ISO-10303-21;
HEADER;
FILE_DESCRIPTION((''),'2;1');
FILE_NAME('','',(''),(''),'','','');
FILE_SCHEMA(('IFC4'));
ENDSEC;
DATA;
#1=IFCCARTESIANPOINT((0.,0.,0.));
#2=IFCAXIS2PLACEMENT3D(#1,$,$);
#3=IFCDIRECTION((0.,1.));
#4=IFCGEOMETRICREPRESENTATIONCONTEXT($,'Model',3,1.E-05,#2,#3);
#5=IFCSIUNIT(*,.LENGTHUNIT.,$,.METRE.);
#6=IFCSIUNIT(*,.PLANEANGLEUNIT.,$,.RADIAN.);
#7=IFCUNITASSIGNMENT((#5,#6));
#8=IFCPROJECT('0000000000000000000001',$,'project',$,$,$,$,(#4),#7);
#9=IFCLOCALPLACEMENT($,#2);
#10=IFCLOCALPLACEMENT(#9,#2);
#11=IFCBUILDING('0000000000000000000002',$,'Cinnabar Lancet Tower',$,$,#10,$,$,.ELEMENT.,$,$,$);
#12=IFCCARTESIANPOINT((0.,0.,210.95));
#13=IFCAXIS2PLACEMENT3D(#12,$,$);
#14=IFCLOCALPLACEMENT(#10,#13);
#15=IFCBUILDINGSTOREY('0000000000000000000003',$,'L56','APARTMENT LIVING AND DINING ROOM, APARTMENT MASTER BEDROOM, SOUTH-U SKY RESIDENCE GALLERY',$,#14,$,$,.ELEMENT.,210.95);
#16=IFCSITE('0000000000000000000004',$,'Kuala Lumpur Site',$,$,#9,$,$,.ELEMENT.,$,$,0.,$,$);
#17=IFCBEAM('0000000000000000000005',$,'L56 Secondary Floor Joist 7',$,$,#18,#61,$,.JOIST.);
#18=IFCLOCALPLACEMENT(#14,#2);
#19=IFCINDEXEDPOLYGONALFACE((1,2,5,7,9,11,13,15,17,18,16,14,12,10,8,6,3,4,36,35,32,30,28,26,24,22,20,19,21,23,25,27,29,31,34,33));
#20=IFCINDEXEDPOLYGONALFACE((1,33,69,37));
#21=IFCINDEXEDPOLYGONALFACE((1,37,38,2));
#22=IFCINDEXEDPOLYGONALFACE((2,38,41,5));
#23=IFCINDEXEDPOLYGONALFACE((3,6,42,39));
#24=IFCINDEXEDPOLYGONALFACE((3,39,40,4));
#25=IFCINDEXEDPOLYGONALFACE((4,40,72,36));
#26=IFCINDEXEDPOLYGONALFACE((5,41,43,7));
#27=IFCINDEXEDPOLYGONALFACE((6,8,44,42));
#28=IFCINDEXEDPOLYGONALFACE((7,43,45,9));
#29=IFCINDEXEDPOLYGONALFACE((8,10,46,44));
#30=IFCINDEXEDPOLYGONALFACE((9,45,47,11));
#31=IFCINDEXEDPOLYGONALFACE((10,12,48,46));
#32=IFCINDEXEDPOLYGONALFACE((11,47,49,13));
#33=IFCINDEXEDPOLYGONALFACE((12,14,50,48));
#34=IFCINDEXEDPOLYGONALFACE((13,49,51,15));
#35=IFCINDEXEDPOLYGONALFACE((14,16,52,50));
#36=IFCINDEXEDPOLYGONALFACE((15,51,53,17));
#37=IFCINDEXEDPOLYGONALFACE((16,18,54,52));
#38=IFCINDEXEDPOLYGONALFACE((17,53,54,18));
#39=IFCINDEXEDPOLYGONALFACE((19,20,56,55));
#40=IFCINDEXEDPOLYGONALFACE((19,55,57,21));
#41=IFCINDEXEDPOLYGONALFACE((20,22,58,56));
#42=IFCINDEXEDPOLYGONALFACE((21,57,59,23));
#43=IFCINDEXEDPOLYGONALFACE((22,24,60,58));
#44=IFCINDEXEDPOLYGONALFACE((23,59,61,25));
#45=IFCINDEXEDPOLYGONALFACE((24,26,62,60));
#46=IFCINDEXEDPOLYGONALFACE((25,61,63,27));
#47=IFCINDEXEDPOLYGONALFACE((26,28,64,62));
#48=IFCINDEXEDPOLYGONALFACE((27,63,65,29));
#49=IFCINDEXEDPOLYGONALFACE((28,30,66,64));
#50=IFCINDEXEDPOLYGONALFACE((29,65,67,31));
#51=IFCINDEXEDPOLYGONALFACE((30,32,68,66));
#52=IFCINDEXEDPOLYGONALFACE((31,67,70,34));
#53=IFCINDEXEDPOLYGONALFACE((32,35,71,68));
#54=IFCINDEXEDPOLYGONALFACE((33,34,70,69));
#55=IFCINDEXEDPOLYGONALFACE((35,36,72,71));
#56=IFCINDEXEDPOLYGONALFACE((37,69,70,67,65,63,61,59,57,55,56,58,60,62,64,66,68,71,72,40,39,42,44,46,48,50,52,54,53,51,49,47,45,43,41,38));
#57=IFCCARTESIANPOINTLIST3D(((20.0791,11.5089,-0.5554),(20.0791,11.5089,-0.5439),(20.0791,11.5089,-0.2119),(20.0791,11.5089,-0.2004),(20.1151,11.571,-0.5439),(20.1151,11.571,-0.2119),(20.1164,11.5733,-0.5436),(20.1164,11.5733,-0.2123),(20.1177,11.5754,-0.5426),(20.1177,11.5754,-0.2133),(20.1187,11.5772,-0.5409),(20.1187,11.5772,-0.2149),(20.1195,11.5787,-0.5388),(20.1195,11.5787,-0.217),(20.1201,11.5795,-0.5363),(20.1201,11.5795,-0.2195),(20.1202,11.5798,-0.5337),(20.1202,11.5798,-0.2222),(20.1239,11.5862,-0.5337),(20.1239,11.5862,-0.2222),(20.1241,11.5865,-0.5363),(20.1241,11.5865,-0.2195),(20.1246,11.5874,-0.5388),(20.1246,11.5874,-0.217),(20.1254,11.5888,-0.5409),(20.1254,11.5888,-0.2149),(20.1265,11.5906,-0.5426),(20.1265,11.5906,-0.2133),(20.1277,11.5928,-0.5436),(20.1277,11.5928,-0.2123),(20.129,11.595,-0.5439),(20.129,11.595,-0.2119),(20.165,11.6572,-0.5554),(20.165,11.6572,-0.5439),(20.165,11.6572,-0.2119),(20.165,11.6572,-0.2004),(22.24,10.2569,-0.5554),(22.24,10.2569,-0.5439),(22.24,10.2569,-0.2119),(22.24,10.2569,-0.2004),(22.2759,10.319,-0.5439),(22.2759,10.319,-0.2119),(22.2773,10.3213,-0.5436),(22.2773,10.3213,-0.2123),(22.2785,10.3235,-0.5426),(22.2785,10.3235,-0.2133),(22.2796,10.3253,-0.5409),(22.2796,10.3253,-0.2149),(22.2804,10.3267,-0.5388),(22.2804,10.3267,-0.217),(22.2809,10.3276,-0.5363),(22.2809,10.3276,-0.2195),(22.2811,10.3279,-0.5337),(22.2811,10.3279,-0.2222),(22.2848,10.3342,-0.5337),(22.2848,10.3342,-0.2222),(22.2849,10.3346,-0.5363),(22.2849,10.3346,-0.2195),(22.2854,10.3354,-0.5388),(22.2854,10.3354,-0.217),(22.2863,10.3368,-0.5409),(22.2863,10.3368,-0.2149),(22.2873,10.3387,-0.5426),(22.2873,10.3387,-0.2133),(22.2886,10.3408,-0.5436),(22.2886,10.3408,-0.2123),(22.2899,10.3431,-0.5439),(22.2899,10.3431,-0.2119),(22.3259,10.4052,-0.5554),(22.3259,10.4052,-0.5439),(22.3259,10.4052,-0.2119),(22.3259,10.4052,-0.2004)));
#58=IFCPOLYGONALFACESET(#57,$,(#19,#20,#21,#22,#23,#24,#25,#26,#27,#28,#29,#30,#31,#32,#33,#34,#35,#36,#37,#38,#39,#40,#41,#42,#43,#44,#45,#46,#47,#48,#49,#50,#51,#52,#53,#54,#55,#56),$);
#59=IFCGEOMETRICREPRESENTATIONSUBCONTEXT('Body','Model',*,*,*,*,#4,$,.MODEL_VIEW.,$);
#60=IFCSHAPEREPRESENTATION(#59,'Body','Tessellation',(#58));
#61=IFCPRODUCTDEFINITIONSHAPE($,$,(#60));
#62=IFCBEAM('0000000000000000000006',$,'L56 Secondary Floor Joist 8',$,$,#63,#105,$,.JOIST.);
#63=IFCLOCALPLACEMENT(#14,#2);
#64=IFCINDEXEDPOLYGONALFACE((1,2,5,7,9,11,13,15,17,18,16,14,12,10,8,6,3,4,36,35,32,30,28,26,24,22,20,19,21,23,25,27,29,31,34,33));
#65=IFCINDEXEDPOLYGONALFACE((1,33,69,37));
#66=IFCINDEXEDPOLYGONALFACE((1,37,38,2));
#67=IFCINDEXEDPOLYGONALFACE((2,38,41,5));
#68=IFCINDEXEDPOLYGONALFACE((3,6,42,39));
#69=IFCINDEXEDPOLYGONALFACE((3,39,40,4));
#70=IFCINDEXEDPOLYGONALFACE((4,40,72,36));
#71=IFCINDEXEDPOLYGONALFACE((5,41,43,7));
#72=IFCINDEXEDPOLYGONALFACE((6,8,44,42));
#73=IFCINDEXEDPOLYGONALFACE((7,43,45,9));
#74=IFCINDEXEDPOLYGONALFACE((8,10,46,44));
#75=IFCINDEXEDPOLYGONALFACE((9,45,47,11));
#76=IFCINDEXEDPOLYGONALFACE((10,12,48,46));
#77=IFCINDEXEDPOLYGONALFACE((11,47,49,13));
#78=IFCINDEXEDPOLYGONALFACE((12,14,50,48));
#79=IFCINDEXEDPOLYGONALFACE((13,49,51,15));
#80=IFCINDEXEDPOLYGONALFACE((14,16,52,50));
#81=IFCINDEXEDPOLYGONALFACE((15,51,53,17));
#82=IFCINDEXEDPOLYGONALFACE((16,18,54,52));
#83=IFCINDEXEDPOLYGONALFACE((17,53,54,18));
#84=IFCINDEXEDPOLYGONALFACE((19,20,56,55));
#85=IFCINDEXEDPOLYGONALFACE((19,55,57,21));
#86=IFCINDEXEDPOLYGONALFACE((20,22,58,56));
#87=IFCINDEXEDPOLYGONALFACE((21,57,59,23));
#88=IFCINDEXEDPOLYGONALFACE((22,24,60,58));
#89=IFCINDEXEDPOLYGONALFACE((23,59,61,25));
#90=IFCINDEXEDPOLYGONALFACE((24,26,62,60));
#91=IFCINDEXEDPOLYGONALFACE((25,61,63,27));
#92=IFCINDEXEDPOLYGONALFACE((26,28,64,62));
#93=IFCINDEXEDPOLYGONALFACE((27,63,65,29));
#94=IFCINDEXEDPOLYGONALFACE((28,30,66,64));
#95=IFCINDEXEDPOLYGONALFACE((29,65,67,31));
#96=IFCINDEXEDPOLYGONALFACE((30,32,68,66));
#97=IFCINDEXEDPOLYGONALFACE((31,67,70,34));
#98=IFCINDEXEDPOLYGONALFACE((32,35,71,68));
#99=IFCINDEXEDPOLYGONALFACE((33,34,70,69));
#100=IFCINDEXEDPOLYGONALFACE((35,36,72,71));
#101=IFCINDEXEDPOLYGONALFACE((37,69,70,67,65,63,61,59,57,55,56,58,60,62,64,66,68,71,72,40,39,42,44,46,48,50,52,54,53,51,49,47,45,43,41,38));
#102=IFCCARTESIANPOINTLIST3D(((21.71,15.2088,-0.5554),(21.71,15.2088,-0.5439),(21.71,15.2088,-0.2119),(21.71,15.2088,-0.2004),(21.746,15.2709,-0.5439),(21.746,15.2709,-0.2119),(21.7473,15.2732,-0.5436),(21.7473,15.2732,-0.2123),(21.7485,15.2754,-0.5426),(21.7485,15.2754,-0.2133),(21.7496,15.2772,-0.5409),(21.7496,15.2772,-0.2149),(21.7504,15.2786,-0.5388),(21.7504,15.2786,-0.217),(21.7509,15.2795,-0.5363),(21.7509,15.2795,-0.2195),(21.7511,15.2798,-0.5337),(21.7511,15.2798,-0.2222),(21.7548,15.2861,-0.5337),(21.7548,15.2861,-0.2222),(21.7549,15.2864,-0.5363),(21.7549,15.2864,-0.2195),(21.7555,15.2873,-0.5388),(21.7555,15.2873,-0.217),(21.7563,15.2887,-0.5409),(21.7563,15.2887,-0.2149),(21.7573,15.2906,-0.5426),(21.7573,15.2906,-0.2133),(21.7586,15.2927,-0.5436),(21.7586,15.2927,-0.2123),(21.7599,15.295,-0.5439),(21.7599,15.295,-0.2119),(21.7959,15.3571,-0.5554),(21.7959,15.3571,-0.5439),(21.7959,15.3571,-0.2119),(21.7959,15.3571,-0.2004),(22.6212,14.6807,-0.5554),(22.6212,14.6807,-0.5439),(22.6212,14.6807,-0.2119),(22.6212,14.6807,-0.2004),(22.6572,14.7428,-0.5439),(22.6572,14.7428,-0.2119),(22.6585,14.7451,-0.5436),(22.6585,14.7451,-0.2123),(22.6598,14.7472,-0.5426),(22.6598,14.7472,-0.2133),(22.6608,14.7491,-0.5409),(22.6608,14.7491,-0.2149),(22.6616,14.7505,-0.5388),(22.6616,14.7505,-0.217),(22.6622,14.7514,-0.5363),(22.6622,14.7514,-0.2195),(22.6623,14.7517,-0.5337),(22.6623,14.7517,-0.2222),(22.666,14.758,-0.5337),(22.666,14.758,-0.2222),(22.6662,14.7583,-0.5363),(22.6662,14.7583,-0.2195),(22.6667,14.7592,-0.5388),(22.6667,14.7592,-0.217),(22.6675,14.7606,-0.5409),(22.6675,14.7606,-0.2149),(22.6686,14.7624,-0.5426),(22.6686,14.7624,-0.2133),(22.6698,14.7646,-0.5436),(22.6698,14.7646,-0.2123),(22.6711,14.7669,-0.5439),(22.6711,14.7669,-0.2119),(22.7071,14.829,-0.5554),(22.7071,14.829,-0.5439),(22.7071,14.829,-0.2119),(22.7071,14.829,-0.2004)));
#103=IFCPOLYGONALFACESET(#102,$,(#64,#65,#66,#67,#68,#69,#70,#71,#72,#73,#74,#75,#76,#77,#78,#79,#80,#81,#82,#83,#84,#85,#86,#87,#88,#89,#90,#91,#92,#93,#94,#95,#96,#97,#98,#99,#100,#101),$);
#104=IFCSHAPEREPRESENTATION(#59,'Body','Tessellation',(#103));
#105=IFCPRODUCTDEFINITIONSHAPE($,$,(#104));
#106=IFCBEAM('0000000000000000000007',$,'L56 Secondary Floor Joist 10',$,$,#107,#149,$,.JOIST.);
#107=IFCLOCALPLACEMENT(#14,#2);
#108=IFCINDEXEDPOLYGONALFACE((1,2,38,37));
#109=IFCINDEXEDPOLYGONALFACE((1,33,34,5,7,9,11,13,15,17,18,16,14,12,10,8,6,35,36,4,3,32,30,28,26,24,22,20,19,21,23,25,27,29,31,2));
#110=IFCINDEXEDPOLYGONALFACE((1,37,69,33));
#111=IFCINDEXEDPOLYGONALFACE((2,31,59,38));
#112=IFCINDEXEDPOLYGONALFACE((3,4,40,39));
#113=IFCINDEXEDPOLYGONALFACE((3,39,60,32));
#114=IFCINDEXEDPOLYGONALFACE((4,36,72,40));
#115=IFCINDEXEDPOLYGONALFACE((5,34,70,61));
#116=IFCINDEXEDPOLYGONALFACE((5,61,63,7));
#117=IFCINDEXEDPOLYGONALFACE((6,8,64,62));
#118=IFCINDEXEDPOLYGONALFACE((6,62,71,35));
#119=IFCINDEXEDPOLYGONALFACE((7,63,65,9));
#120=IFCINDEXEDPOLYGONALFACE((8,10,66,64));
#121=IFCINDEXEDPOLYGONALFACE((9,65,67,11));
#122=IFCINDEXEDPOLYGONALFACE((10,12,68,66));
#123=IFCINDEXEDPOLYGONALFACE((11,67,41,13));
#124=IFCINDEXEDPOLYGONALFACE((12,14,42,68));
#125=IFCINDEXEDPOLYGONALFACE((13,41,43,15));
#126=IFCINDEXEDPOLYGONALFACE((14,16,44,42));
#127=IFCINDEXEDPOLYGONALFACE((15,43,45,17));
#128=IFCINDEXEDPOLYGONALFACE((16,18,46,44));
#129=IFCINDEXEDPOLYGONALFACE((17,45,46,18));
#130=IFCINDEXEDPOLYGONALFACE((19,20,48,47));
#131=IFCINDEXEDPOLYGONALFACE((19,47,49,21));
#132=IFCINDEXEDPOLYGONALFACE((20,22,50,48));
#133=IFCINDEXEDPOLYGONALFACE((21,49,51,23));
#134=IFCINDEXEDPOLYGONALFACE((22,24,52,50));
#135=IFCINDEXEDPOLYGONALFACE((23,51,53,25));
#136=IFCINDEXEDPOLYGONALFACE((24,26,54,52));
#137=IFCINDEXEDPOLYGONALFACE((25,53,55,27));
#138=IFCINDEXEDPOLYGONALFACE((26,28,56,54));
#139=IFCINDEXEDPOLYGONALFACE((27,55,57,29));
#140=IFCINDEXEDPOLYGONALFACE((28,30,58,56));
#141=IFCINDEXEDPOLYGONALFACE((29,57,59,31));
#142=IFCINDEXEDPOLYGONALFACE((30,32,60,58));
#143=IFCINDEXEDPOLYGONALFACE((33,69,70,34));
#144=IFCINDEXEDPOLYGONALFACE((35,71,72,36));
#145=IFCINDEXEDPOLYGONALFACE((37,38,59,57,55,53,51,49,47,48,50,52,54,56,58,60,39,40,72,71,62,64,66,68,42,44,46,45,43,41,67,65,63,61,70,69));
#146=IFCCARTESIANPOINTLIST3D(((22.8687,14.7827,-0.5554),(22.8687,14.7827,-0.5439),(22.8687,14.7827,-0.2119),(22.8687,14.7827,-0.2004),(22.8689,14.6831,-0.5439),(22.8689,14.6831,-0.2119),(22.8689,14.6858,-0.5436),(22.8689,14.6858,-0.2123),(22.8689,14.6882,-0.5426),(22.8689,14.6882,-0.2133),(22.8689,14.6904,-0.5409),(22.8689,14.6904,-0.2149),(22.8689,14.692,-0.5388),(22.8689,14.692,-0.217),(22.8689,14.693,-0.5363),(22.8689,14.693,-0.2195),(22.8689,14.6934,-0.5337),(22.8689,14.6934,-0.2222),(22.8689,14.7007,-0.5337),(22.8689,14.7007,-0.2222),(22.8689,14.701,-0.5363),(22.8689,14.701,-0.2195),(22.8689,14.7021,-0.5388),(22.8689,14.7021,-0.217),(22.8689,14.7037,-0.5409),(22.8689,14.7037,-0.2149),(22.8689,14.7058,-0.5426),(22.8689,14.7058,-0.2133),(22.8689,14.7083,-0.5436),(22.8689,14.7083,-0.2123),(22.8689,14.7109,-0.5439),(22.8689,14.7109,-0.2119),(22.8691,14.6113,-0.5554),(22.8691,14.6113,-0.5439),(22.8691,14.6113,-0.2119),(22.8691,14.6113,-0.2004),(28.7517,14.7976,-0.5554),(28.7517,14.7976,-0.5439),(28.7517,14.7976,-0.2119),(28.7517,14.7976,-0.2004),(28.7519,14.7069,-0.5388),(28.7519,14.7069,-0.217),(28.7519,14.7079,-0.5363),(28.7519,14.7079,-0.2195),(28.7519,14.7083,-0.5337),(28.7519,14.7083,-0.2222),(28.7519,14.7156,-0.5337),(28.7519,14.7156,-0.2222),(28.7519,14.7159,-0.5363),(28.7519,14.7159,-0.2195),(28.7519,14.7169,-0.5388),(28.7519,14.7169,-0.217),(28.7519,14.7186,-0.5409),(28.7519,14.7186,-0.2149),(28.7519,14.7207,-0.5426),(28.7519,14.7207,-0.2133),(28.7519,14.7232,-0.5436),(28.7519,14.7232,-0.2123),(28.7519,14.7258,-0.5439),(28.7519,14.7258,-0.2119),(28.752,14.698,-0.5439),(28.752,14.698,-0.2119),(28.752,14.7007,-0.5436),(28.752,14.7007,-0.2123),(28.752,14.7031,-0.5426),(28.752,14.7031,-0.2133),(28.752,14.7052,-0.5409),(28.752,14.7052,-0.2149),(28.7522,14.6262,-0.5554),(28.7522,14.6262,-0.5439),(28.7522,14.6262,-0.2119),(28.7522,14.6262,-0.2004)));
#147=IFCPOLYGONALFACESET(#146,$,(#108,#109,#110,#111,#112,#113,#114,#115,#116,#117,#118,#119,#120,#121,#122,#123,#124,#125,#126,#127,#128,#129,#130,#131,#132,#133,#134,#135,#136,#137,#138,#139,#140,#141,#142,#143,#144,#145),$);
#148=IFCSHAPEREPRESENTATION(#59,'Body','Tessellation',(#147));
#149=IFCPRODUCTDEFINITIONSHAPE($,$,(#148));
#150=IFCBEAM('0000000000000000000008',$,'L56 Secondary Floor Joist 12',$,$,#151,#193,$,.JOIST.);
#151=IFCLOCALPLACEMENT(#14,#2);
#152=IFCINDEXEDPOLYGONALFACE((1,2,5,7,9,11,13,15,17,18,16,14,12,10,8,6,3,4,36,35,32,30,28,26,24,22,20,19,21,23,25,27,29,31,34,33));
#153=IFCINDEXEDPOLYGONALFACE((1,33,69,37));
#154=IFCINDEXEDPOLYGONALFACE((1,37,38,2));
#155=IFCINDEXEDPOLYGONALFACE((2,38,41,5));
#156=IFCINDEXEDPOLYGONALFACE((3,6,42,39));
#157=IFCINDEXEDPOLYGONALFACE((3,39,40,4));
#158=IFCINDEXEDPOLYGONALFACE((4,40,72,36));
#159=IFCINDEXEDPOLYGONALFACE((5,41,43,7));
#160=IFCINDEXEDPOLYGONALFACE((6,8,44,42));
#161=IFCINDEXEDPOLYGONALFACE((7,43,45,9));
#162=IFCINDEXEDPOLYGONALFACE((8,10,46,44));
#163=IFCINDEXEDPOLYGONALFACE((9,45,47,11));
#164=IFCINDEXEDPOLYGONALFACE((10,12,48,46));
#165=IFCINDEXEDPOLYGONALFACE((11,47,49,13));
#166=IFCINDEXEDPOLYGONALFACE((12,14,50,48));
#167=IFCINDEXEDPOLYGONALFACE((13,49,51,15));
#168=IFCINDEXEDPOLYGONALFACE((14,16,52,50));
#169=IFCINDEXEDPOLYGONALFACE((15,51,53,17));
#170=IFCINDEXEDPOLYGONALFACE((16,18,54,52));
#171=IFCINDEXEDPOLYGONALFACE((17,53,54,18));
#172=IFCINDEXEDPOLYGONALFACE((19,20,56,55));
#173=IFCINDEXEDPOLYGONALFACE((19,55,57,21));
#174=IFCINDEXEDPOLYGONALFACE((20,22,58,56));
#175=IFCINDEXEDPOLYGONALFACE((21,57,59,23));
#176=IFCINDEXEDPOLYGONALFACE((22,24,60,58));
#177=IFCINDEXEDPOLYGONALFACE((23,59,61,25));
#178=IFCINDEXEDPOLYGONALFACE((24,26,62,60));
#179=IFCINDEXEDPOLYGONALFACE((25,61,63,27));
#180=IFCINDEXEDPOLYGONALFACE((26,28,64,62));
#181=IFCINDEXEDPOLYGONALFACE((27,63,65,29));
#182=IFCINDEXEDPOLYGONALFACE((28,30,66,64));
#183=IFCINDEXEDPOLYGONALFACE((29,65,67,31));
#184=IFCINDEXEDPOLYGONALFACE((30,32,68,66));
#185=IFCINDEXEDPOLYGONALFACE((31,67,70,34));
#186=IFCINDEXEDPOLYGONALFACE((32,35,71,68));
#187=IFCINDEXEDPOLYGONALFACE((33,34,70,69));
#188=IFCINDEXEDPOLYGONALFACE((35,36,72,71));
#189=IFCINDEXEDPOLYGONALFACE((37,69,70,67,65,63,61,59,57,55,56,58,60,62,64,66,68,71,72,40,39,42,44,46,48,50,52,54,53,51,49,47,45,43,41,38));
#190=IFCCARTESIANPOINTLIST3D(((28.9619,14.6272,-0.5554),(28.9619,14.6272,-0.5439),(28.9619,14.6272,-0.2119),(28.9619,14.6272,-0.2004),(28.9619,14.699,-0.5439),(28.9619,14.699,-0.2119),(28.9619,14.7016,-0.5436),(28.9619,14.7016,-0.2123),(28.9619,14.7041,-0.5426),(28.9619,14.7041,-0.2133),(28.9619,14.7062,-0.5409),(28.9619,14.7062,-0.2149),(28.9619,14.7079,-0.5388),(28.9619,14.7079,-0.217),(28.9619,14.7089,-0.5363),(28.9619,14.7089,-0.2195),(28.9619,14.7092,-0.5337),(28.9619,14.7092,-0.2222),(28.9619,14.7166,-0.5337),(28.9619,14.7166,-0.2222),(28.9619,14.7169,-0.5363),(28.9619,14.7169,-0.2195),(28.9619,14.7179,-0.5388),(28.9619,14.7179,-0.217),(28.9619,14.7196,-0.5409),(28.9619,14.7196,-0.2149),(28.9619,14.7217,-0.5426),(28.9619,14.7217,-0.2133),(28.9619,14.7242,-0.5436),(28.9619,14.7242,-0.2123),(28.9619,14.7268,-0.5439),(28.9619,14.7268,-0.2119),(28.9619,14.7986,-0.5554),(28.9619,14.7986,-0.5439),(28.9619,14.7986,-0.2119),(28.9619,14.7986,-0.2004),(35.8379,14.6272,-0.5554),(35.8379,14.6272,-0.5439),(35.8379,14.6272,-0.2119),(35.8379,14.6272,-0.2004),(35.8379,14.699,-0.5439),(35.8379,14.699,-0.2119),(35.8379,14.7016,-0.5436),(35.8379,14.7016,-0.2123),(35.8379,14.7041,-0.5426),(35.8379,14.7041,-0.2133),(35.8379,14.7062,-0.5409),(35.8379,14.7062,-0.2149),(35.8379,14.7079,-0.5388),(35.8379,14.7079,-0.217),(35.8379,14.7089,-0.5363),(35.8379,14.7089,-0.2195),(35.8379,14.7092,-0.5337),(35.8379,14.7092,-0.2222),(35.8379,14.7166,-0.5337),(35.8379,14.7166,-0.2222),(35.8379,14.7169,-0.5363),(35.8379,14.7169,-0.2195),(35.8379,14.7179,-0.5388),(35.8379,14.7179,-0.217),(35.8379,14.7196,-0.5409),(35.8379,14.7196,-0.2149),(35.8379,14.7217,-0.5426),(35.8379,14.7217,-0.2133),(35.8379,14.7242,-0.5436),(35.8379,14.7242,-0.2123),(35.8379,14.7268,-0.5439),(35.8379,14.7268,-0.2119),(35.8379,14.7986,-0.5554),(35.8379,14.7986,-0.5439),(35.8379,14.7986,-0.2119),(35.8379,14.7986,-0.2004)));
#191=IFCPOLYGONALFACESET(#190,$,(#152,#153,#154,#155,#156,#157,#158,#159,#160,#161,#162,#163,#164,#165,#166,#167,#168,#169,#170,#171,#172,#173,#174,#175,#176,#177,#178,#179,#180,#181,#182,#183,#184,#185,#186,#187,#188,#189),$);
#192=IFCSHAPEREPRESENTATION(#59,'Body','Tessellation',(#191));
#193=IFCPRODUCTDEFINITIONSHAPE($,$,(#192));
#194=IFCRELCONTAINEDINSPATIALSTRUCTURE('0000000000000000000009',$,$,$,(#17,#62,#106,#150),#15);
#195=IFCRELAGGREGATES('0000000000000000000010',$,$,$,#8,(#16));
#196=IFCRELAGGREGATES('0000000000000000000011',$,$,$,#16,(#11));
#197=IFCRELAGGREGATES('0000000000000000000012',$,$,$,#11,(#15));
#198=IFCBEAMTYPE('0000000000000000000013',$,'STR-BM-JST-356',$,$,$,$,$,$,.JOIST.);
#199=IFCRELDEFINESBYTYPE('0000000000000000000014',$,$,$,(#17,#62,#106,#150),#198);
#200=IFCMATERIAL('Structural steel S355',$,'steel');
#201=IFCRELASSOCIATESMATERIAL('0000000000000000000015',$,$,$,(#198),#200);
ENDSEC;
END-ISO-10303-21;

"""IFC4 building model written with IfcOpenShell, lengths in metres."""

from ifc_helpers import new_model, si_unit, direction, frame, origin, origin_2d, place, context, subcontext, project, spatial, i_section, extrude, material, material_profile, profile_set, type_object, element, save


model = new_model("IFC4")

# Units and contexts
model_context = context("Model", 3, precision=1e-05, world=origin(), true_north=direction((0.0, 1.0)))
body_context = subcontext(model_context, "Body", "Model", "MODEL_VIEW")
ifc_project = project(units=[si_unit("LENGTHUNIT", "METRE"), si_unit("PLANEANGLEUNIT", "RADIAN")], contexts=[model_context])

# Site, building, storey
site_placement = place(None, origin())
site = spatial("IfcSite", under=ifc_project, at=site_placement, Name="Kuala Lumpur Site", CompositionType="ELEMENT", RefElevation=0.0)
building_placement = place(site_placement, origin())
building = spatial("IfcBuilding", under=site, at=building_placement, Name="Cinnabar Lancet Tower", CompositionType="ELEMENT")
storey_placement = place(building_placement, frame((0.0, 0.0, 210.95)))
storey = spatial("IfcBuildingStorey", under=building, at=storey_placement, Name="L56", Description="APARTMENT LIVING AND DINING ROOM, APARTMENT MASTER BEDROOM, SOUTH-U SKY RESIDENCE GALLERY", CompositionType="ELEMENT", Elevation=210.95)

# Beams
ifc_material_1 = material(Name="Structural steel S355", Category="steel")
ifc_material_profile_1 = material_profile(ifc_material_1, i_section(OverallWidth=0.1714, OverallDepth=0.355, WebThickness=0.0073, FlangeThickness=0.0115, FilletRadius=0.0103, at=origin_2d()), Name="UKB 356x171x51")
ifc_profile_set_1 = profile_set([ifc_material_profile_1], Name="Structural steel S355")
beam_type_1 = type_object("IfcBeamType", Name="STR-BM-JST-356", PredefinedType="JOIST", material=ifc_profile_set_1)
beam_1_placement = place(storey_placement, frame((20.1221, 11.583, -0.3779), z_axis=(0.865268, -0.50131, 0.0), x_axis=(0.50131, 0.865268, 0.0)))
element("IfcBeam", 1, at=beam_1_placement, inside=storey, type_object=beam_type_1, Name="L56 Secondary Floor Joist 7", PredefinedType="JOIST", context=body_context, shape_type="SweptSolid", body=[
    extrude(i_section(OverallWidth=0.1714, OverallDepth=0.355, WebThickness=0.0073, FlangeThickness=0.0115, FilletRadius=0.0103, at=origin_2d()), origin(), (0.0, 0.0, 1.0), 2.4973),
])
beam_2_placement = place(storey_placement, frame((21.7529, 15.283, -0.3779), z_axis=(0.865188, -0.501447, 0.0), x_axis=(0.501447, 0.865188, 0.0)))
element("IfcBeam", 2, at=beam_2_placement, inside=storey, type_object=beam_type_1, Name="L56 Secondary Floor Joist 8", PredefinedType="JOIST", context=body_context, shape_type="SweptSolid", body=[
    extrude(i_section(OverallWidth=0.1714, OverallDepth=0.355, WebThickness=0.0073, FlangeThickness=0.0115, FilletRadius=0.0103, at=origin_2d()), origin(), (0.0, 0.0, 1.0), 1.0532),
])
beam_3_placement = place(storey_placement, frame((22.8689, 14.697, -0.3779), z_axis=(0.999997, 0.002531, 0.0), x_axis=(-0.002531, 0.999997, 0.0)))
element("IfcBeam", 3, at=beam_3_placement, inside=storey, type_object=beam_type_1, Name="L56 Secondary Floor Joist 10", PredefinedType="JOIST", context=body_context, shape_type="SweptSolid", body=[
    extrude(i_section(OverallWidth=0.1714, OverallDepth=0.355, WebThickness=0.0073, FlangeThickness=0.0115, FilletRadius=0.0103, at=origin_2d()), origin(), (0.0, 0.0, 1.0), 5.8831),
])
beam_4_placement = place(storey_placement, frame((28.9619, 14.7129, -0.3779), z_axis=(1.0, 0.0, 0.0), x_axis=(0.0, 1.0, 0.0)))
element("IfcBeam", 4, at=beam_4_placement, inside=storey, type_object=beam_type_1, Name="L56 Secondary Floor Joist 12", PredefinedType="JOIST", context=body_context, shape_type="SweptSolid", body=[
    extrude(i_section(OverallWidth=0.1714, OverallDepth=0.355, WebThickness=0.0073, FlangeThickness=0.0115, FilletRadius=0.0103, at=origin_2d()), origin(), (0.0, 0.0, 1.0), 6.876),
])

save(model, "model.ifc")
